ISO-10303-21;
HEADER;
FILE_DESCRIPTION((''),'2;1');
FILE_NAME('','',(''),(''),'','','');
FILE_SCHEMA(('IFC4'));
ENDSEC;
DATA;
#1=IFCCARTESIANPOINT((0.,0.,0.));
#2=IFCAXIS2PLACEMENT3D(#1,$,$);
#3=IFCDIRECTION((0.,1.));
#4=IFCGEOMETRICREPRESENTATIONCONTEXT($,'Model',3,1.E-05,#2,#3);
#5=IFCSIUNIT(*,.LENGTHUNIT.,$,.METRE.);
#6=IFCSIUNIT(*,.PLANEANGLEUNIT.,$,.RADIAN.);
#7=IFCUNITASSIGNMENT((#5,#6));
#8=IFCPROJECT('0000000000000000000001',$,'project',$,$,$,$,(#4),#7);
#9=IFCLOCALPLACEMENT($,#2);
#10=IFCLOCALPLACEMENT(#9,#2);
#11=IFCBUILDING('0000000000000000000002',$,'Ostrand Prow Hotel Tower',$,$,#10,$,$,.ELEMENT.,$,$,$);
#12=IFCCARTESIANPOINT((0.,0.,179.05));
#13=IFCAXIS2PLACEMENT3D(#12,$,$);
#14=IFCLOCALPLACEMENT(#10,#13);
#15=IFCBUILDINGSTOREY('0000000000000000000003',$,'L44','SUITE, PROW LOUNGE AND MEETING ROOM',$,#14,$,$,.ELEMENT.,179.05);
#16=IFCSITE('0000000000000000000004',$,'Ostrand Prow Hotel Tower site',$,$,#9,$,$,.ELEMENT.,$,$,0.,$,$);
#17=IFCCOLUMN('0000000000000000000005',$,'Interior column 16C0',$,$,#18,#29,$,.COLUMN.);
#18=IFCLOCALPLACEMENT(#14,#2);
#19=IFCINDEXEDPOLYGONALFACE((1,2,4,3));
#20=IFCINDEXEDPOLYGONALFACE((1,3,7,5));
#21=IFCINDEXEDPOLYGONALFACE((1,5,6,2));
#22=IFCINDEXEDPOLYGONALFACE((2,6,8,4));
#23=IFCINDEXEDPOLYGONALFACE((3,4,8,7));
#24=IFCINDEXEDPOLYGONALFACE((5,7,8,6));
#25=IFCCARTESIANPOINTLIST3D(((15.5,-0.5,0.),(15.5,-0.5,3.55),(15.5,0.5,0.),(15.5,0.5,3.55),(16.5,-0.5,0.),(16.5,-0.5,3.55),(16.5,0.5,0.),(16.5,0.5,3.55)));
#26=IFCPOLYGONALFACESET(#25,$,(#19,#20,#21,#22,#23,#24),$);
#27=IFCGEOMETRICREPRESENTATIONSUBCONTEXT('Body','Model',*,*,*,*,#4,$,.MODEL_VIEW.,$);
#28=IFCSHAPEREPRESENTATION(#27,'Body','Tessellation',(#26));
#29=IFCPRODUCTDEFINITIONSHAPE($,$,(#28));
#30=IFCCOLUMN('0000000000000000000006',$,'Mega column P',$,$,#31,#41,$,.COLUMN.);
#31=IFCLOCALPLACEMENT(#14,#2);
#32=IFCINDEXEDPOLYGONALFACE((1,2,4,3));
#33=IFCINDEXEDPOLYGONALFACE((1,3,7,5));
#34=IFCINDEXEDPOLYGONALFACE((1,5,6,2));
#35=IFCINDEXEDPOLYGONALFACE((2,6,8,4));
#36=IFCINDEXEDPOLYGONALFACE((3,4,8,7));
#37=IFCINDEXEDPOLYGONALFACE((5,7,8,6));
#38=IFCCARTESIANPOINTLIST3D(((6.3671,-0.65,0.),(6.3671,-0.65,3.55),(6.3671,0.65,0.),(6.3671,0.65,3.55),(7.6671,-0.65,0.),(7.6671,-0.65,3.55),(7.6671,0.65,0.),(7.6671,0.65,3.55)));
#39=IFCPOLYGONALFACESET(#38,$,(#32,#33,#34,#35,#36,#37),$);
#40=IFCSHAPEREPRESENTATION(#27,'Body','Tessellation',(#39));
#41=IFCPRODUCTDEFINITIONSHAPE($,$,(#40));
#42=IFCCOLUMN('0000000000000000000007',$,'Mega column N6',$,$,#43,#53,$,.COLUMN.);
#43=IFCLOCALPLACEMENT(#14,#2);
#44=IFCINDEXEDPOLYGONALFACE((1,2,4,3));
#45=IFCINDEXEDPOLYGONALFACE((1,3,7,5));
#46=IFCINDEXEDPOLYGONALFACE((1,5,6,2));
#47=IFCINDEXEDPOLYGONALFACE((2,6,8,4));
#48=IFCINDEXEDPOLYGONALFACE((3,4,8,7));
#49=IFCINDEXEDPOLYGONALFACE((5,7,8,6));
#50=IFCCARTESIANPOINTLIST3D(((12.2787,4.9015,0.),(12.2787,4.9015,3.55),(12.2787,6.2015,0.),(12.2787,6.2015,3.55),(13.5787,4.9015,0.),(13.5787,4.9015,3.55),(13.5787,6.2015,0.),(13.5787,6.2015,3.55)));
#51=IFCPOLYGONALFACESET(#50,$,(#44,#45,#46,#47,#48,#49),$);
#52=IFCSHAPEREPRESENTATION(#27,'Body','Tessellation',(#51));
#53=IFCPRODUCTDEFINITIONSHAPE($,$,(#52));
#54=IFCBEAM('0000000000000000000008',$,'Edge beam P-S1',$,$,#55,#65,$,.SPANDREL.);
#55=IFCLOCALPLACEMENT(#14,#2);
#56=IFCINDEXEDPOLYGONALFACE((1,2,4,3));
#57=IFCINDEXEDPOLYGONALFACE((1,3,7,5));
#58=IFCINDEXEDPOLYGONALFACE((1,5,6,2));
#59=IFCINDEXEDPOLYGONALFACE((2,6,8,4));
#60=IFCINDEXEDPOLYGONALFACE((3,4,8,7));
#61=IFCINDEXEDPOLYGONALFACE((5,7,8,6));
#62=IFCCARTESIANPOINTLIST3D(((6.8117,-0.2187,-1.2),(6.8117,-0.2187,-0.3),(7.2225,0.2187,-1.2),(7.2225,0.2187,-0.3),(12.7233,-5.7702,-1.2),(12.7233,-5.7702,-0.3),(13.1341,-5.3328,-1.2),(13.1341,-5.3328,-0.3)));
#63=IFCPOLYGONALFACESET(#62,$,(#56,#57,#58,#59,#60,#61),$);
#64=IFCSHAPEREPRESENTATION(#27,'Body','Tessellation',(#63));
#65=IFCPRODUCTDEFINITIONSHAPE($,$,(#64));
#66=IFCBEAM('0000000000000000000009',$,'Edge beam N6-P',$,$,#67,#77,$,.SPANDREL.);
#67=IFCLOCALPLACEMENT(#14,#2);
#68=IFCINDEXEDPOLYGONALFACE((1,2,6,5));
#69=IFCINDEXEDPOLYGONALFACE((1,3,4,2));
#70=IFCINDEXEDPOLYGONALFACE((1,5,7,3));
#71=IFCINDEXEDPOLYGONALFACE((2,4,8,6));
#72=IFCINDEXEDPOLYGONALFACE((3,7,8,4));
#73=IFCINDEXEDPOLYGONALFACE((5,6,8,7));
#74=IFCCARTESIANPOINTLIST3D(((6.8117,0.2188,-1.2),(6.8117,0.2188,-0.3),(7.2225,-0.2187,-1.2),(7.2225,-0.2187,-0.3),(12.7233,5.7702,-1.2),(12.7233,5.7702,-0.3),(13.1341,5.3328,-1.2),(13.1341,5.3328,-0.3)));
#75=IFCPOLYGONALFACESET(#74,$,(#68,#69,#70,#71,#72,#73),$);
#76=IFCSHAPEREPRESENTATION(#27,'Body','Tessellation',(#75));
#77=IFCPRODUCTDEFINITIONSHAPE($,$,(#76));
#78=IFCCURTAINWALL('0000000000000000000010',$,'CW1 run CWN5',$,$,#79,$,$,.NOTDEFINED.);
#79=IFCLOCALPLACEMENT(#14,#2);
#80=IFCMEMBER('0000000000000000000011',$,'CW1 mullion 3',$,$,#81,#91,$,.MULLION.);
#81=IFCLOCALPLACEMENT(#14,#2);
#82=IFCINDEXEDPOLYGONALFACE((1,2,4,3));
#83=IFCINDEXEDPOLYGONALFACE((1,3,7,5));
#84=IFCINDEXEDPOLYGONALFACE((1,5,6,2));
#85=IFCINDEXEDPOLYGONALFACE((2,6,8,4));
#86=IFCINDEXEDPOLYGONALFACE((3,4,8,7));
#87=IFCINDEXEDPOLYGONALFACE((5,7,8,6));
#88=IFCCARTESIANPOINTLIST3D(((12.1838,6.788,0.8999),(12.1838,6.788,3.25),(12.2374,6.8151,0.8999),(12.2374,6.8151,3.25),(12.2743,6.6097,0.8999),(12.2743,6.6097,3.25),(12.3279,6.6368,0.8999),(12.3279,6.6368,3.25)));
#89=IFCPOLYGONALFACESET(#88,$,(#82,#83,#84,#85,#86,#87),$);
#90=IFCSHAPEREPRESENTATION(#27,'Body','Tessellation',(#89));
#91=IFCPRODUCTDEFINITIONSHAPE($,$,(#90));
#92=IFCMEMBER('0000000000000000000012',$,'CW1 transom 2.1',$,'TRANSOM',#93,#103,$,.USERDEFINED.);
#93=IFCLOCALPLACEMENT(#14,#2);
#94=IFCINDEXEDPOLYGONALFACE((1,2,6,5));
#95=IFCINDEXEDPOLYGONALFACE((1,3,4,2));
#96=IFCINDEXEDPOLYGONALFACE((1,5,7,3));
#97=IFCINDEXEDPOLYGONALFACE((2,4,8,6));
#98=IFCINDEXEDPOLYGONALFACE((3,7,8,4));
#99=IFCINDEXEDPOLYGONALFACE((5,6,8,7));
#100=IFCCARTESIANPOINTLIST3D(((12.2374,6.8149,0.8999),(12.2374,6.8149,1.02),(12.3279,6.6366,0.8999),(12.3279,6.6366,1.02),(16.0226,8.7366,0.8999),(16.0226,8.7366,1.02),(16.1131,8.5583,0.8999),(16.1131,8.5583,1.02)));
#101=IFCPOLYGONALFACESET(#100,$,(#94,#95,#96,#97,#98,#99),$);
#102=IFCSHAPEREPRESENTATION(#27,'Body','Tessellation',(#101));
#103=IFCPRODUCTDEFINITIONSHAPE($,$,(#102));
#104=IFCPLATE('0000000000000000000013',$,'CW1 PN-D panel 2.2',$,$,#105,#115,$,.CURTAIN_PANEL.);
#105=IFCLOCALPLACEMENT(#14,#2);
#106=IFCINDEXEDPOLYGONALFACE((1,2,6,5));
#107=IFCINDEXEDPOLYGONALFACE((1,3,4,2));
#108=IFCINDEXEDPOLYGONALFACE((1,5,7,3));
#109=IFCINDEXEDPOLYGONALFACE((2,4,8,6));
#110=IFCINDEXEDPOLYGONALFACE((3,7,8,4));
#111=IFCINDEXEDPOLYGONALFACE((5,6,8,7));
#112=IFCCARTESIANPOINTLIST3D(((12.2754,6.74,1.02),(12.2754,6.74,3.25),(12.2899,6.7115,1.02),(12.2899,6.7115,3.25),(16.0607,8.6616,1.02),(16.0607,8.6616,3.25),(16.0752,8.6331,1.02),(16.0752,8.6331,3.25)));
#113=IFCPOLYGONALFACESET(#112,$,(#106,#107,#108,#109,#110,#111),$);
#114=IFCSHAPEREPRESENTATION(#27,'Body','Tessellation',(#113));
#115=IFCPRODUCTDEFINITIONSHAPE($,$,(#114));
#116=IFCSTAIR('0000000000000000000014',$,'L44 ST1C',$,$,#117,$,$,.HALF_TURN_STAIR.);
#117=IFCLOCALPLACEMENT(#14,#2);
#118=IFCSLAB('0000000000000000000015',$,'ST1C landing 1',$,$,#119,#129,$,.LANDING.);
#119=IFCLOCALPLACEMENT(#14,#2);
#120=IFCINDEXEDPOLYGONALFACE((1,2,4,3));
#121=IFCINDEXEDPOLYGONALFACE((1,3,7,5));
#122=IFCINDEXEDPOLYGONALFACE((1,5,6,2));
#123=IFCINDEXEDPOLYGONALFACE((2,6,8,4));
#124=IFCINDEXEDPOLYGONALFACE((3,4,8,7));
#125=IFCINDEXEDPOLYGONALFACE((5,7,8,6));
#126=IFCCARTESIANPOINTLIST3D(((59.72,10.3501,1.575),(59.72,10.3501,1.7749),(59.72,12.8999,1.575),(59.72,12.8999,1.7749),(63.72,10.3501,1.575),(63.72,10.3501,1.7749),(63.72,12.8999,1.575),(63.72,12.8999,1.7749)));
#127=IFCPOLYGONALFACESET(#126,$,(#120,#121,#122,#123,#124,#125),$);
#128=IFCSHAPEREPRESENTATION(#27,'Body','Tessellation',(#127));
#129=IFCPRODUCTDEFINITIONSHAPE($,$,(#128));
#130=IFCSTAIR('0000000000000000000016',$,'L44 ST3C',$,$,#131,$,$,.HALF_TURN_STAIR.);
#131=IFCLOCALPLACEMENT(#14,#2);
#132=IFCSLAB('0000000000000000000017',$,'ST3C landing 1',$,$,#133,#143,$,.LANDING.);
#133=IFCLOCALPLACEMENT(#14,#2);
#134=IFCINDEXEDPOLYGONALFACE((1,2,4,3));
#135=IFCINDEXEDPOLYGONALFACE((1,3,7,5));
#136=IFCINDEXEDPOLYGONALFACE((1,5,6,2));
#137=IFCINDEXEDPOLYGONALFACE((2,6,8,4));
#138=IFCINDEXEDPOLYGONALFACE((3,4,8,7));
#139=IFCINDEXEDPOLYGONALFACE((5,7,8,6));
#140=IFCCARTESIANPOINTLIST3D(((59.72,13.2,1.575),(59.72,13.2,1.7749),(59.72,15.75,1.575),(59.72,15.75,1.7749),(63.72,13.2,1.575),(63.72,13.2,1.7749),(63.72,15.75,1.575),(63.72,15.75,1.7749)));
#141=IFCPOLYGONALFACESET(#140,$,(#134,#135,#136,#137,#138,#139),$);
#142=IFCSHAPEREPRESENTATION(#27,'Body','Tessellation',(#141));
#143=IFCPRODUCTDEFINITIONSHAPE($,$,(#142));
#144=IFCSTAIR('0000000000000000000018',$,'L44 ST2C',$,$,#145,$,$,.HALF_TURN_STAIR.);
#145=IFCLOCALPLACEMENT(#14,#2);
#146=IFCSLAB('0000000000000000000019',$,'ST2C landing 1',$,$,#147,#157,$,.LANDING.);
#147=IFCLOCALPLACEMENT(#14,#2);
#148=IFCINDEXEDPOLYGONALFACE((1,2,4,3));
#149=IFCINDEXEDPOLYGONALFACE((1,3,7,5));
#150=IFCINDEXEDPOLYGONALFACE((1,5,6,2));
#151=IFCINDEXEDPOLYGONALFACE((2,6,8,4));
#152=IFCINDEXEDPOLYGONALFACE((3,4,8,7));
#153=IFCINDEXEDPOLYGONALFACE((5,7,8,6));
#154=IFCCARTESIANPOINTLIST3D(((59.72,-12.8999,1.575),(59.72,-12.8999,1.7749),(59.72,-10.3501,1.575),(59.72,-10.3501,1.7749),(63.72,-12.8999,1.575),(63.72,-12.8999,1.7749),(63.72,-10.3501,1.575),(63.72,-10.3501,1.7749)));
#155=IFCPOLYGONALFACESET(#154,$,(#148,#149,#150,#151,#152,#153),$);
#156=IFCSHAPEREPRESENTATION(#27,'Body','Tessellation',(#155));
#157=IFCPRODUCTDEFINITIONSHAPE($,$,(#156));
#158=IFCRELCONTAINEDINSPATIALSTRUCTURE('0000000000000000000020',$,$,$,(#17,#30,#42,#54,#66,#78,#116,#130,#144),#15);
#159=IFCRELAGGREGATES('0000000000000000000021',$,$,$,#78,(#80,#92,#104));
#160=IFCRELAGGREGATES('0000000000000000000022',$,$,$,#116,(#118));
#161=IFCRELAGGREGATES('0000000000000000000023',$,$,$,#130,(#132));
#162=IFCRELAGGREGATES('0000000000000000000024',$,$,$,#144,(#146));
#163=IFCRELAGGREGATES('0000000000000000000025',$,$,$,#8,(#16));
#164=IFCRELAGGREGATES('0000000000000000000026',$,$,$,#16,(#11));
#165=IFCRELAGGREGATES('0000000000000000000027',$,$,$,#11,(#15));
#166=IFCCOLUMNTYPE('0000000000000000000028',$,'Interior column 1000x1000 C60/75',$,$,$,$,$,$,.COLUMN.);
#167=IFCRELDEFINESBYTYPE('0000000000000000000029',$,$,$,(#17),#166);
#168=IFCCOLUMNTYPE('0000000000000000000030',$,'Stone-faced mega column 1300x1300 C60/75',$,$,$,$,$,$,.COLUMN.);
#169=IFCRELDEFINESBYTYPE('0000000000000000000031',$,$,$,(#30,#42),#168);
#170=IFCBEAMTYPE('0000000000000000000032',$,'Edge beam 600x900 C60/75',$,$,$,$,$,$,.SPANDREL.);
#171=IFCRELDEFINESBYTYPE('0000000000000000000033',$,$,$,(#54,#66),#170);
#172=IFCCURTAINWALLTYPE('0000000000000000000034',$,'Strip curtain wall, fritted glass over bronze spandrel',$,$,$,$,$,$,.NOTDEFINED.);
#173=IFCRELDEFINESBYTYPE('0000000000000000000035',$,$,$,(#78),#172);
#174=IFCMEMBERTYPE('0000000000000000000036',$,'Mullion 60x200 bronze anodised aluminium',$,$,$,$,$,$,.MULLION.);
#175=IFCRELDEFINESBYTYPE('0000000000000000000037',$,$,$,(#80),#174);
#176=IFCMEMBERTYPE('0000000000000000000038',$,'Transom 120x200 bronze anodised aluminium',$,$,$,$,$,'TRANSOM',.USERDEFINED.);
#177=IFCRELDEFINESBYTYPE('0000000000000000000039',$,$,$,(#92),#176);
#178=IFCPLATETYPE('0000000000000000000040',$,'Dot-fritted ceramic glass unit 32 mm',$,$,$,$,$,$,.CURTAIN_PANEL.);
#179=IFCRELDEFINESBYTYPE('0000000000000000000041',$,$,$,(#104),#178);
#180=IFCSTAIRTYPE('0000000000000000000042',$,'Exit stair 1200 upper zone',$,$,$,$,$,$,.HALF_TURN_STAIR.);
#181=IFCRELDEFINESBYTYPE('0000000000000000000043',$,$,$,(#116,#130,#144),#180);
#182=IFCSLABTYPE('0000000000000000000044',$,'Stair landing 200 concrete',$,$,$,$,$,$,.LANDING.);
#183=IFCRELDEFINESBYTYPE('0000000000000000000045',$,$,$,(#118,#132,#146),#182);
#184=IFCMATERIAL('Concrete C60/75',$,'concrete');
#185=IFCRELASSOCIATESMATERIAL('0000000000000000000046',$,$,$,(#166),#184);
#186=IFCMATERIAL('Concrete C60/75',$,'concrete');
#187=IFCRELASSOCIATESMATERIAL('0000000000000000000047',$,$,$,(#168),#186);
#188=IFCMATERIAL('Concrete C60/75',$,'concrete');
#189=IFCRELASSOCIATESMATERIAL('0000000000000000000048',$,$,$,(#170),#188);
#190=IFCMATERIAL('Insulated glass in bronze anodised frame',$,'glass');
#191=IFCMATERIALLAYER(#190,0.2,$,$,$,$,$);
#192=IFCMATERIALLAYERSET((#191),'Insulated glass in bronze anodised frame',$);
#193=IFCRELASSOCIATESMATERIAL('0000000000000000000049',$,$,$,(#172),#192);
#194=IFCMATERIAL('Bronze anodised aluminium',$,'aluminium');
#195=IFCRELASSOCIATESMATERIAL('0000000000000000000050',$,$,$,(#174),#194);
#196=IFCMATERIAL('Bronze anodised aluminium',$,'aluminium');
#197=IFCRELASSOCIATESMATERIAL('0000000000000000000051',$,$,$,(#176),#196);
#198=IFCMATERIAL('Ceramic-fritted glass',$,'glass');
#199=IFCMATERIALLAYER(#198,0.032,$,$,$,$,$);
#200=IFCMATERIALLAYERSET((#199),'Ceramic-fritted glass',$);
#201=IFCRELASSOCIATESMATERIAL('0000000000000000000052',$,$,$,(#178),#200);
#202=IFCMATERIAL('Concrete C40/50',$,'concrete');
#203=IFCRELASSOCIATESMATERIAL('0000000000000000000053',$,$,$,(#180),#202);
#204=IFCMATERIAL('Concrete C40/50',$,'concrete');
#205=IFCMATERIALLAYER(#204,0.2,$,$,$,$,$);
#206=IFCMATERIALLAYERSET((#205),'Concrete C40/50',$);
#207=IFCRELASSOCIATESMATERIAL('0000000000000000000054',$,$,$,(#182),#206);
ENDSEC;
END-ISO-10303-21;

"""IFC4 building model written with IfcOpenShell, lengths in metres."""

from ifc_helpers import new_model, si_unit, direction, frame, origin, origin_2d, place, context, subcontext, project, spatial, polyline, rectangle, outline, extrude, material, layer, layer_set, material_profile, profile_set, type_object, element, aggregate, save


model = new_model("IFC4")

# Units and contexts
model_context = context("Model", 3, precision=1e-05, world=origin(), true_north=direction((0.0, 1.0)))
body_context = subcontext(model_context, "Body", "Model", "MODEL_VIEW")
ifc_project = project(units=[si_unit("LENGTHUNIT", "METRE"), si_unit("PLANEANGLEUNIT", "RADIAN")], contexts=[model_context])

# Site, building, storey
site_placement = place(None, origin())
site = spatial("IfcSite", under=ifc_project, at=site_placement, Name="Ostrand Prow Hotel Tower site", CompositionType="ELEMENT", RefElevation=0.0)
building_placement = place(site_placement, origin())
building = spatial("IfcBuilding", under=site, at=building_placement, Name="Ostrand Prow Hotel Tower", CompositionType="ELEMENT")
storey_placement = place(building_placement, frame((0.0, 0.0, 179.05)))
storey = spatial("IfcBuildingStorey", under=building, at=storey_placement, Name="L44", Description="SUITE, PROW LOUNGE AND MEETING ROOM", CompositionType="ELEMENT", Elevation=179.05)

# Columns
ifc_material_1 = material(Name="Concrete C60/75", Category="concrete")
ifc_material_profile_1 = material_profile(ifc_material_1, rectangle(XDim=1.0, YDim=1.0, at=origin_2d()), Name="RC 1000x1000")
ifc_profile_set_1 = profile_set([ifc_material_profile_1], Name="Concrete C60/75")
column_type_1 = type_object("IfcColumnType", Name="Interior column 1000x1000 C60/75", PredefinedType="COLUMN", material=ifc_profile_set_1)
column_placement = place(storey_placement, frame((16.0, 0.0, 0.0), z_axis=(0.0, 0.0, 1.0), x_axis=(1.0, 0.0, 0.0)))
element("IfcColumn", 1, at=column_placement, inside=storey, type_object=column_type_1, Name="Interior column 16C0", PredefinedType="COLUMN", context=body_context, shape_type="SweptSolid", body=[
    extrude(rectangle(XDim=1.0, YDim=1.0, at=origin_2d()), origin(), (0.0, 0.0, 1.0), 3.55),
])
ifc_material_2 = material(Name="Concrete C60/75", Category="concrete")
ifc_material_profile_2 = material_profile(ifc_material_2, rectangle(XDim=1.3, YDim=1.3, at=origin_2d()), Name="RC 1300x1300")
ifc_profile_set_2 = profile_set([ifc_material_profile_2], Name="Concrete C60/75")
column_type_2 = type_object("IfcColumnType", Name="Stone-faced mega column 1300x1300 C60/75", PredefinedType="COLUMN", material=ifc_profile_set_2)
for number, where, z_axis, x_axis, name in (
    (2, (7.0171, 0.0, 0.0), (0.0, 0.0, 1.0), (1.0, 0.0, 0.0), "Mega column P"),
    (3, (12.9287, 5.5515, 0.0), (0.0, 0.0, 1.0), (1.0, 0.0, 0.0), "Mega column N6"),
):
    element("IfcColumn", number, at=place(storey_placement, frame(where, z_axis=z_axis, x_axis=x_axis)), inside=storey, type_object=column_type_2, Name=name, PredefinedType="COLUMN", context=body_context, shape_type="SweptSolid", body=[
        extrude(rectangle(XDim=1.3, YDim=1.3, at=origin_2d()), origin(), (0.0, 0.0, 1.0), 3.55),
    ])

# Beams
ifc_material_3 = material(Name="Concrete C60/75", Category="concrete")
ifc_material_profile_3 = material_profile(ifc_material_3, rectangle(XDim=0.6001, YDim=0.8999, at=origin_2d()), Name="RC 600x900")
ifc_profile_set_3 = profile_set([ifc_material_profile_3], Name="Concrete C60/75")
beam_type = type_object("IfcBeamType", Name="Edge beam 600x900 C60/75", PredefinedType="SPANDREL", material=ifc_profile_set_3)
for number, where, z_axis, x_axis, name in (
    (4, (7.0171, 0.0, -0.75), (0.728961, -0.684556, 0.0), (0.684556, 0.728961, 0.0), "Edge beam P-S1"),
    (5, (12.9287, 5.5515, -0.75), (-0.728961, -0.684556, 0.0), (0.684556, -0.728961, 0.0), "Edge beam N6-P"),
):
    element("IfcBeam", number, at=place(storey_placement, frame(where, z_axis=z_axis, x_axis=x_axis)), inside=storey, type_object=beam_type, Name=name, PredefinedType="SPANDREL", context=body_context, shape_type="SweptSolid", body=[
        extrude(rectangle(XDim=0.6001, YDim=0.8999, at=origin_2d()), origin(), (0.0, 0.0, 1.0), 8.1096),
    ])

# Curtain wall, members, plate
ifc_material_4 = material(Name="Insulated glass in bronze anodised frame", Category="glass")
ifc_layer_1 = layer(ifc_material_4, 0.2)
ifc_layer_set_1 = layer_set([ifc_layer_1], Name="Insulated glass in bronze anodised frame")
curtain_wall_type = type_object("IfcCurtainWallType", Name="Strip curtain wall, fritted glass over bronze spandrel", PredefinedType="NOTDEFINED", material=ifc_layer_set_1)
curtain_wall_placement = place(storey_placement, origin())
curtain_wall = element("IfcCurtainWall", 6, at=curtain_wall_placement, inside=storey, type_object=curtain_wall_type, Name="CW1 run CWN5", PredefinedType="NOTDEFINED")
ifc_material_5 = material(Name="Bronze anodised aluminium", Category="aluminium")
ifc_material_profile_4 = material_profile(ifc_material_5, rectangle(XDim=0.2, YDim=0.0601, at=origin_2d()), Name="Mullion 60x200 bronze anodised aluminium")
ifc_profile_set_4 = profile_set([ifc_material_profile_4], Name="Bronze anodised aluminium")
member_type_1 = type_object("IfcMemberType", Name="Mullion 60x200 bronze anodised aluminium", PredefinedType="MULLION", material=ifc_profile_set_4)
member_1_placement = place(storey_placement, frame((12.2559, 6.7124, 0.8999), z_axis=(0.0, 0.0, 1.0), x_axis=(0.452659, -0.891684, 0.0)))
member_1 = element("IfcMember", 7, at=member_1_placement, type_object=member_type_1, Name="CW1 mullion 3", PredefinedType="MULLION", context=body_context, shape_type="SweptSolid", body=[
    extrude(rectangle(XDim=0.2, YDim=0.0601, at=origin_2d()), origin(), (0.0, 0.0, 1.0), 2.3501),
])
ifc_material_6 = material(Name="Bronze anodised aluminium", Category="aluminium")
ifc_material_profile_5 = material_profile(ifc_material_6, rectangle(XDim=0.2, YDim=0.1201, at=origin_2d()), Name="Transom 120x200 bronze anodised aluminium")
ifc_profile_set_5 = profile_set([ifc_material_profile_5], Name="Bronze anodised aluminium")
member_type_2 = type_object("IfcMemberType", Name="Transom 120x200 bronze anodised aluminium", ElementType="TRANSOM", PredefinedType="USERDEFINED", material=ifc_profile_set_5)
member_2_placement = place(storey_placement, frame((16.0679, 8.6475, 0.96), z_axis=(-0.891673, -0.45268, 0.0), x_axis=(0.45268, -0.891673, 0.0)))
member_2 = element("IfcMember", 8, at=member_2_placement, type_object=member_type_2, Name="CW1 transom 2.1", ObjectType="TRANSOM", PredefinedType="USERDEFINED", context=body_context, shape_type="SweptSolid", body=[
    extrude(rectangle(XDim=0.2, YDim=0.1201, at=origin_2d()), origin(), (0.0, 0.0, 1.0), 4.2451),
])
ifc_material_7 = material(Name="Ceramic-fritted glass", Category="glass")
ifc_layer_2 = layer(ifc_material_7, 0.032)
ifc_layer_set_2 = layer_set([ifc_layer_2], Name="Ceramic-fritted glass")
plate_type = type_object("IfcPlateType", Name="Dot-fritted ceramic glass unit 32 mm", PredefinedType="CURTAIN_PANEL", material=ifc_layer_set_2)
plate_placement = place(storey_placement, frame((14.1753, 7.6865, 1.02), z_axis=(0.0, 0.0, 1.0), x_axis=(-0.891684, -0.452659, 0.0)))
plate = element("IfcPlate", 9, at=plate_placement, type_object=plate_type, Name="CW1 PN-D panel 2.2", PredefinedType="CURTAIN_PANEL", context=body_context, shape_type="SweptSolid", body=[
    extrude(rectangle(XDim=4.2451, YDim=0.032, at=origin_2d()), origin(), (0.0, 0.0, 1.0), 2.23),
])
aggregate(curtain_wall, [member_1, member_2, plate])

# Stairs, slabs
ifc_material_8 = material(Name="Concrete C40/50", Category="concrete")
stair_type = type_object("IfcStairType", Name="Exit stair 1200 upper zone", PredefinedType="HALF_TURN_STAIR", material=ifc_material_8)
stair_1_placement = place(storey_placement, origin())
stair_1 = element("IfcStair", 10, at=stair_1_placement, inside=storey, type_object=stair_type, Name="L44 ST1C", PredefinedType="HALF_TURN_STAIR")
ifc_material_9 = material(Name="Concrete C40/50", Category="concrete")
ifc_layer_3 = layer(ifc_material_9, 0.2)
ifc_layer_set_3 = layer_set([ifc_layer_3], Name="Concrete C40/50")
slab_type = type_object("IfcSlabType", Name="Stair landing 200 concrete", PredefinedType="LANDING", material=ifc_layer_set_3)
slab_1_placement = place(storey_placement, frame((0.0, 0.0, 1.575)))
slab_1 = element("IfcSlab", 11, at=slab_1_placement, type_object=slab_type, Name="ST1C landing 1", PredefinedType="LANDING", context=body_context, shape_type="SweptSolid", body=[
    extrude(outline(polyline([(59.72, 10.3501), (63.72, 10.3501), (63.72, 12.8999), (59.72, 12.8999), (59.72, 10.3501)])), origin(), (0.0, 0.0, 1.0), 0.2),
])
aggregate(stair_1, [slab_1])
stair_2_placement = place(storey_placement, origin())
stair_2 = element("IfcStair", 12, at=stair_2_placement, inside=storey, type_object=stair_type, Name="L44 ST3C", PredefinedType="HALF_TURN_STAIR")
slab_2_placement = place(storey_placement, frame((0.0, 0.0, 1.575)))
slab_2 = element("IfcSlab", 13, at=slab_2_placement, type_object=slab_type, Name="ST3C landing 1", PredefinedType="LANDING", context=body_context, shape_type="SweptSolid", body=[
    extrude(outline(polyline([(59.72, 13.2), (63.72, 13.2), (63.72, 15.75), (59.72, 15.75), (59.72, 13.2)])), origin(), (0.0, 0.0, 1.0), 0.2),
])
aggregate(stair_2, [slab_2])
stair_3_placement = place(storey_placement, origin())
stair_3 = element("IfcStair", 14, at=stair_3_placement, inside=storey, type_object=stair_type, Name="L44 ST2C", PredefinedType="HALF_TURN_STAIR")
slab_3_placement = place(storey_placement, frame((0.0, 0.0, 1.575)))
slab_3 = element("IfcSlab", 15, at=slab_3_placement, type_object=slab_type, Name="ST2C landing 1", PredefinedType="LANDING", context=body_context, shape_type="SweptSolid", body=[
    extrude(outline(polyline([(59.72, -12.8999), (63.72, -12.8999), (63.72, -10.3501), (59.72, -10.3501), (59.72, -12.8999)])), origin(), (0.0, 0.0, 1.0), 0.2),
])
aggregate(stair_3, [slab_3])

save(model, "model.ifc")
